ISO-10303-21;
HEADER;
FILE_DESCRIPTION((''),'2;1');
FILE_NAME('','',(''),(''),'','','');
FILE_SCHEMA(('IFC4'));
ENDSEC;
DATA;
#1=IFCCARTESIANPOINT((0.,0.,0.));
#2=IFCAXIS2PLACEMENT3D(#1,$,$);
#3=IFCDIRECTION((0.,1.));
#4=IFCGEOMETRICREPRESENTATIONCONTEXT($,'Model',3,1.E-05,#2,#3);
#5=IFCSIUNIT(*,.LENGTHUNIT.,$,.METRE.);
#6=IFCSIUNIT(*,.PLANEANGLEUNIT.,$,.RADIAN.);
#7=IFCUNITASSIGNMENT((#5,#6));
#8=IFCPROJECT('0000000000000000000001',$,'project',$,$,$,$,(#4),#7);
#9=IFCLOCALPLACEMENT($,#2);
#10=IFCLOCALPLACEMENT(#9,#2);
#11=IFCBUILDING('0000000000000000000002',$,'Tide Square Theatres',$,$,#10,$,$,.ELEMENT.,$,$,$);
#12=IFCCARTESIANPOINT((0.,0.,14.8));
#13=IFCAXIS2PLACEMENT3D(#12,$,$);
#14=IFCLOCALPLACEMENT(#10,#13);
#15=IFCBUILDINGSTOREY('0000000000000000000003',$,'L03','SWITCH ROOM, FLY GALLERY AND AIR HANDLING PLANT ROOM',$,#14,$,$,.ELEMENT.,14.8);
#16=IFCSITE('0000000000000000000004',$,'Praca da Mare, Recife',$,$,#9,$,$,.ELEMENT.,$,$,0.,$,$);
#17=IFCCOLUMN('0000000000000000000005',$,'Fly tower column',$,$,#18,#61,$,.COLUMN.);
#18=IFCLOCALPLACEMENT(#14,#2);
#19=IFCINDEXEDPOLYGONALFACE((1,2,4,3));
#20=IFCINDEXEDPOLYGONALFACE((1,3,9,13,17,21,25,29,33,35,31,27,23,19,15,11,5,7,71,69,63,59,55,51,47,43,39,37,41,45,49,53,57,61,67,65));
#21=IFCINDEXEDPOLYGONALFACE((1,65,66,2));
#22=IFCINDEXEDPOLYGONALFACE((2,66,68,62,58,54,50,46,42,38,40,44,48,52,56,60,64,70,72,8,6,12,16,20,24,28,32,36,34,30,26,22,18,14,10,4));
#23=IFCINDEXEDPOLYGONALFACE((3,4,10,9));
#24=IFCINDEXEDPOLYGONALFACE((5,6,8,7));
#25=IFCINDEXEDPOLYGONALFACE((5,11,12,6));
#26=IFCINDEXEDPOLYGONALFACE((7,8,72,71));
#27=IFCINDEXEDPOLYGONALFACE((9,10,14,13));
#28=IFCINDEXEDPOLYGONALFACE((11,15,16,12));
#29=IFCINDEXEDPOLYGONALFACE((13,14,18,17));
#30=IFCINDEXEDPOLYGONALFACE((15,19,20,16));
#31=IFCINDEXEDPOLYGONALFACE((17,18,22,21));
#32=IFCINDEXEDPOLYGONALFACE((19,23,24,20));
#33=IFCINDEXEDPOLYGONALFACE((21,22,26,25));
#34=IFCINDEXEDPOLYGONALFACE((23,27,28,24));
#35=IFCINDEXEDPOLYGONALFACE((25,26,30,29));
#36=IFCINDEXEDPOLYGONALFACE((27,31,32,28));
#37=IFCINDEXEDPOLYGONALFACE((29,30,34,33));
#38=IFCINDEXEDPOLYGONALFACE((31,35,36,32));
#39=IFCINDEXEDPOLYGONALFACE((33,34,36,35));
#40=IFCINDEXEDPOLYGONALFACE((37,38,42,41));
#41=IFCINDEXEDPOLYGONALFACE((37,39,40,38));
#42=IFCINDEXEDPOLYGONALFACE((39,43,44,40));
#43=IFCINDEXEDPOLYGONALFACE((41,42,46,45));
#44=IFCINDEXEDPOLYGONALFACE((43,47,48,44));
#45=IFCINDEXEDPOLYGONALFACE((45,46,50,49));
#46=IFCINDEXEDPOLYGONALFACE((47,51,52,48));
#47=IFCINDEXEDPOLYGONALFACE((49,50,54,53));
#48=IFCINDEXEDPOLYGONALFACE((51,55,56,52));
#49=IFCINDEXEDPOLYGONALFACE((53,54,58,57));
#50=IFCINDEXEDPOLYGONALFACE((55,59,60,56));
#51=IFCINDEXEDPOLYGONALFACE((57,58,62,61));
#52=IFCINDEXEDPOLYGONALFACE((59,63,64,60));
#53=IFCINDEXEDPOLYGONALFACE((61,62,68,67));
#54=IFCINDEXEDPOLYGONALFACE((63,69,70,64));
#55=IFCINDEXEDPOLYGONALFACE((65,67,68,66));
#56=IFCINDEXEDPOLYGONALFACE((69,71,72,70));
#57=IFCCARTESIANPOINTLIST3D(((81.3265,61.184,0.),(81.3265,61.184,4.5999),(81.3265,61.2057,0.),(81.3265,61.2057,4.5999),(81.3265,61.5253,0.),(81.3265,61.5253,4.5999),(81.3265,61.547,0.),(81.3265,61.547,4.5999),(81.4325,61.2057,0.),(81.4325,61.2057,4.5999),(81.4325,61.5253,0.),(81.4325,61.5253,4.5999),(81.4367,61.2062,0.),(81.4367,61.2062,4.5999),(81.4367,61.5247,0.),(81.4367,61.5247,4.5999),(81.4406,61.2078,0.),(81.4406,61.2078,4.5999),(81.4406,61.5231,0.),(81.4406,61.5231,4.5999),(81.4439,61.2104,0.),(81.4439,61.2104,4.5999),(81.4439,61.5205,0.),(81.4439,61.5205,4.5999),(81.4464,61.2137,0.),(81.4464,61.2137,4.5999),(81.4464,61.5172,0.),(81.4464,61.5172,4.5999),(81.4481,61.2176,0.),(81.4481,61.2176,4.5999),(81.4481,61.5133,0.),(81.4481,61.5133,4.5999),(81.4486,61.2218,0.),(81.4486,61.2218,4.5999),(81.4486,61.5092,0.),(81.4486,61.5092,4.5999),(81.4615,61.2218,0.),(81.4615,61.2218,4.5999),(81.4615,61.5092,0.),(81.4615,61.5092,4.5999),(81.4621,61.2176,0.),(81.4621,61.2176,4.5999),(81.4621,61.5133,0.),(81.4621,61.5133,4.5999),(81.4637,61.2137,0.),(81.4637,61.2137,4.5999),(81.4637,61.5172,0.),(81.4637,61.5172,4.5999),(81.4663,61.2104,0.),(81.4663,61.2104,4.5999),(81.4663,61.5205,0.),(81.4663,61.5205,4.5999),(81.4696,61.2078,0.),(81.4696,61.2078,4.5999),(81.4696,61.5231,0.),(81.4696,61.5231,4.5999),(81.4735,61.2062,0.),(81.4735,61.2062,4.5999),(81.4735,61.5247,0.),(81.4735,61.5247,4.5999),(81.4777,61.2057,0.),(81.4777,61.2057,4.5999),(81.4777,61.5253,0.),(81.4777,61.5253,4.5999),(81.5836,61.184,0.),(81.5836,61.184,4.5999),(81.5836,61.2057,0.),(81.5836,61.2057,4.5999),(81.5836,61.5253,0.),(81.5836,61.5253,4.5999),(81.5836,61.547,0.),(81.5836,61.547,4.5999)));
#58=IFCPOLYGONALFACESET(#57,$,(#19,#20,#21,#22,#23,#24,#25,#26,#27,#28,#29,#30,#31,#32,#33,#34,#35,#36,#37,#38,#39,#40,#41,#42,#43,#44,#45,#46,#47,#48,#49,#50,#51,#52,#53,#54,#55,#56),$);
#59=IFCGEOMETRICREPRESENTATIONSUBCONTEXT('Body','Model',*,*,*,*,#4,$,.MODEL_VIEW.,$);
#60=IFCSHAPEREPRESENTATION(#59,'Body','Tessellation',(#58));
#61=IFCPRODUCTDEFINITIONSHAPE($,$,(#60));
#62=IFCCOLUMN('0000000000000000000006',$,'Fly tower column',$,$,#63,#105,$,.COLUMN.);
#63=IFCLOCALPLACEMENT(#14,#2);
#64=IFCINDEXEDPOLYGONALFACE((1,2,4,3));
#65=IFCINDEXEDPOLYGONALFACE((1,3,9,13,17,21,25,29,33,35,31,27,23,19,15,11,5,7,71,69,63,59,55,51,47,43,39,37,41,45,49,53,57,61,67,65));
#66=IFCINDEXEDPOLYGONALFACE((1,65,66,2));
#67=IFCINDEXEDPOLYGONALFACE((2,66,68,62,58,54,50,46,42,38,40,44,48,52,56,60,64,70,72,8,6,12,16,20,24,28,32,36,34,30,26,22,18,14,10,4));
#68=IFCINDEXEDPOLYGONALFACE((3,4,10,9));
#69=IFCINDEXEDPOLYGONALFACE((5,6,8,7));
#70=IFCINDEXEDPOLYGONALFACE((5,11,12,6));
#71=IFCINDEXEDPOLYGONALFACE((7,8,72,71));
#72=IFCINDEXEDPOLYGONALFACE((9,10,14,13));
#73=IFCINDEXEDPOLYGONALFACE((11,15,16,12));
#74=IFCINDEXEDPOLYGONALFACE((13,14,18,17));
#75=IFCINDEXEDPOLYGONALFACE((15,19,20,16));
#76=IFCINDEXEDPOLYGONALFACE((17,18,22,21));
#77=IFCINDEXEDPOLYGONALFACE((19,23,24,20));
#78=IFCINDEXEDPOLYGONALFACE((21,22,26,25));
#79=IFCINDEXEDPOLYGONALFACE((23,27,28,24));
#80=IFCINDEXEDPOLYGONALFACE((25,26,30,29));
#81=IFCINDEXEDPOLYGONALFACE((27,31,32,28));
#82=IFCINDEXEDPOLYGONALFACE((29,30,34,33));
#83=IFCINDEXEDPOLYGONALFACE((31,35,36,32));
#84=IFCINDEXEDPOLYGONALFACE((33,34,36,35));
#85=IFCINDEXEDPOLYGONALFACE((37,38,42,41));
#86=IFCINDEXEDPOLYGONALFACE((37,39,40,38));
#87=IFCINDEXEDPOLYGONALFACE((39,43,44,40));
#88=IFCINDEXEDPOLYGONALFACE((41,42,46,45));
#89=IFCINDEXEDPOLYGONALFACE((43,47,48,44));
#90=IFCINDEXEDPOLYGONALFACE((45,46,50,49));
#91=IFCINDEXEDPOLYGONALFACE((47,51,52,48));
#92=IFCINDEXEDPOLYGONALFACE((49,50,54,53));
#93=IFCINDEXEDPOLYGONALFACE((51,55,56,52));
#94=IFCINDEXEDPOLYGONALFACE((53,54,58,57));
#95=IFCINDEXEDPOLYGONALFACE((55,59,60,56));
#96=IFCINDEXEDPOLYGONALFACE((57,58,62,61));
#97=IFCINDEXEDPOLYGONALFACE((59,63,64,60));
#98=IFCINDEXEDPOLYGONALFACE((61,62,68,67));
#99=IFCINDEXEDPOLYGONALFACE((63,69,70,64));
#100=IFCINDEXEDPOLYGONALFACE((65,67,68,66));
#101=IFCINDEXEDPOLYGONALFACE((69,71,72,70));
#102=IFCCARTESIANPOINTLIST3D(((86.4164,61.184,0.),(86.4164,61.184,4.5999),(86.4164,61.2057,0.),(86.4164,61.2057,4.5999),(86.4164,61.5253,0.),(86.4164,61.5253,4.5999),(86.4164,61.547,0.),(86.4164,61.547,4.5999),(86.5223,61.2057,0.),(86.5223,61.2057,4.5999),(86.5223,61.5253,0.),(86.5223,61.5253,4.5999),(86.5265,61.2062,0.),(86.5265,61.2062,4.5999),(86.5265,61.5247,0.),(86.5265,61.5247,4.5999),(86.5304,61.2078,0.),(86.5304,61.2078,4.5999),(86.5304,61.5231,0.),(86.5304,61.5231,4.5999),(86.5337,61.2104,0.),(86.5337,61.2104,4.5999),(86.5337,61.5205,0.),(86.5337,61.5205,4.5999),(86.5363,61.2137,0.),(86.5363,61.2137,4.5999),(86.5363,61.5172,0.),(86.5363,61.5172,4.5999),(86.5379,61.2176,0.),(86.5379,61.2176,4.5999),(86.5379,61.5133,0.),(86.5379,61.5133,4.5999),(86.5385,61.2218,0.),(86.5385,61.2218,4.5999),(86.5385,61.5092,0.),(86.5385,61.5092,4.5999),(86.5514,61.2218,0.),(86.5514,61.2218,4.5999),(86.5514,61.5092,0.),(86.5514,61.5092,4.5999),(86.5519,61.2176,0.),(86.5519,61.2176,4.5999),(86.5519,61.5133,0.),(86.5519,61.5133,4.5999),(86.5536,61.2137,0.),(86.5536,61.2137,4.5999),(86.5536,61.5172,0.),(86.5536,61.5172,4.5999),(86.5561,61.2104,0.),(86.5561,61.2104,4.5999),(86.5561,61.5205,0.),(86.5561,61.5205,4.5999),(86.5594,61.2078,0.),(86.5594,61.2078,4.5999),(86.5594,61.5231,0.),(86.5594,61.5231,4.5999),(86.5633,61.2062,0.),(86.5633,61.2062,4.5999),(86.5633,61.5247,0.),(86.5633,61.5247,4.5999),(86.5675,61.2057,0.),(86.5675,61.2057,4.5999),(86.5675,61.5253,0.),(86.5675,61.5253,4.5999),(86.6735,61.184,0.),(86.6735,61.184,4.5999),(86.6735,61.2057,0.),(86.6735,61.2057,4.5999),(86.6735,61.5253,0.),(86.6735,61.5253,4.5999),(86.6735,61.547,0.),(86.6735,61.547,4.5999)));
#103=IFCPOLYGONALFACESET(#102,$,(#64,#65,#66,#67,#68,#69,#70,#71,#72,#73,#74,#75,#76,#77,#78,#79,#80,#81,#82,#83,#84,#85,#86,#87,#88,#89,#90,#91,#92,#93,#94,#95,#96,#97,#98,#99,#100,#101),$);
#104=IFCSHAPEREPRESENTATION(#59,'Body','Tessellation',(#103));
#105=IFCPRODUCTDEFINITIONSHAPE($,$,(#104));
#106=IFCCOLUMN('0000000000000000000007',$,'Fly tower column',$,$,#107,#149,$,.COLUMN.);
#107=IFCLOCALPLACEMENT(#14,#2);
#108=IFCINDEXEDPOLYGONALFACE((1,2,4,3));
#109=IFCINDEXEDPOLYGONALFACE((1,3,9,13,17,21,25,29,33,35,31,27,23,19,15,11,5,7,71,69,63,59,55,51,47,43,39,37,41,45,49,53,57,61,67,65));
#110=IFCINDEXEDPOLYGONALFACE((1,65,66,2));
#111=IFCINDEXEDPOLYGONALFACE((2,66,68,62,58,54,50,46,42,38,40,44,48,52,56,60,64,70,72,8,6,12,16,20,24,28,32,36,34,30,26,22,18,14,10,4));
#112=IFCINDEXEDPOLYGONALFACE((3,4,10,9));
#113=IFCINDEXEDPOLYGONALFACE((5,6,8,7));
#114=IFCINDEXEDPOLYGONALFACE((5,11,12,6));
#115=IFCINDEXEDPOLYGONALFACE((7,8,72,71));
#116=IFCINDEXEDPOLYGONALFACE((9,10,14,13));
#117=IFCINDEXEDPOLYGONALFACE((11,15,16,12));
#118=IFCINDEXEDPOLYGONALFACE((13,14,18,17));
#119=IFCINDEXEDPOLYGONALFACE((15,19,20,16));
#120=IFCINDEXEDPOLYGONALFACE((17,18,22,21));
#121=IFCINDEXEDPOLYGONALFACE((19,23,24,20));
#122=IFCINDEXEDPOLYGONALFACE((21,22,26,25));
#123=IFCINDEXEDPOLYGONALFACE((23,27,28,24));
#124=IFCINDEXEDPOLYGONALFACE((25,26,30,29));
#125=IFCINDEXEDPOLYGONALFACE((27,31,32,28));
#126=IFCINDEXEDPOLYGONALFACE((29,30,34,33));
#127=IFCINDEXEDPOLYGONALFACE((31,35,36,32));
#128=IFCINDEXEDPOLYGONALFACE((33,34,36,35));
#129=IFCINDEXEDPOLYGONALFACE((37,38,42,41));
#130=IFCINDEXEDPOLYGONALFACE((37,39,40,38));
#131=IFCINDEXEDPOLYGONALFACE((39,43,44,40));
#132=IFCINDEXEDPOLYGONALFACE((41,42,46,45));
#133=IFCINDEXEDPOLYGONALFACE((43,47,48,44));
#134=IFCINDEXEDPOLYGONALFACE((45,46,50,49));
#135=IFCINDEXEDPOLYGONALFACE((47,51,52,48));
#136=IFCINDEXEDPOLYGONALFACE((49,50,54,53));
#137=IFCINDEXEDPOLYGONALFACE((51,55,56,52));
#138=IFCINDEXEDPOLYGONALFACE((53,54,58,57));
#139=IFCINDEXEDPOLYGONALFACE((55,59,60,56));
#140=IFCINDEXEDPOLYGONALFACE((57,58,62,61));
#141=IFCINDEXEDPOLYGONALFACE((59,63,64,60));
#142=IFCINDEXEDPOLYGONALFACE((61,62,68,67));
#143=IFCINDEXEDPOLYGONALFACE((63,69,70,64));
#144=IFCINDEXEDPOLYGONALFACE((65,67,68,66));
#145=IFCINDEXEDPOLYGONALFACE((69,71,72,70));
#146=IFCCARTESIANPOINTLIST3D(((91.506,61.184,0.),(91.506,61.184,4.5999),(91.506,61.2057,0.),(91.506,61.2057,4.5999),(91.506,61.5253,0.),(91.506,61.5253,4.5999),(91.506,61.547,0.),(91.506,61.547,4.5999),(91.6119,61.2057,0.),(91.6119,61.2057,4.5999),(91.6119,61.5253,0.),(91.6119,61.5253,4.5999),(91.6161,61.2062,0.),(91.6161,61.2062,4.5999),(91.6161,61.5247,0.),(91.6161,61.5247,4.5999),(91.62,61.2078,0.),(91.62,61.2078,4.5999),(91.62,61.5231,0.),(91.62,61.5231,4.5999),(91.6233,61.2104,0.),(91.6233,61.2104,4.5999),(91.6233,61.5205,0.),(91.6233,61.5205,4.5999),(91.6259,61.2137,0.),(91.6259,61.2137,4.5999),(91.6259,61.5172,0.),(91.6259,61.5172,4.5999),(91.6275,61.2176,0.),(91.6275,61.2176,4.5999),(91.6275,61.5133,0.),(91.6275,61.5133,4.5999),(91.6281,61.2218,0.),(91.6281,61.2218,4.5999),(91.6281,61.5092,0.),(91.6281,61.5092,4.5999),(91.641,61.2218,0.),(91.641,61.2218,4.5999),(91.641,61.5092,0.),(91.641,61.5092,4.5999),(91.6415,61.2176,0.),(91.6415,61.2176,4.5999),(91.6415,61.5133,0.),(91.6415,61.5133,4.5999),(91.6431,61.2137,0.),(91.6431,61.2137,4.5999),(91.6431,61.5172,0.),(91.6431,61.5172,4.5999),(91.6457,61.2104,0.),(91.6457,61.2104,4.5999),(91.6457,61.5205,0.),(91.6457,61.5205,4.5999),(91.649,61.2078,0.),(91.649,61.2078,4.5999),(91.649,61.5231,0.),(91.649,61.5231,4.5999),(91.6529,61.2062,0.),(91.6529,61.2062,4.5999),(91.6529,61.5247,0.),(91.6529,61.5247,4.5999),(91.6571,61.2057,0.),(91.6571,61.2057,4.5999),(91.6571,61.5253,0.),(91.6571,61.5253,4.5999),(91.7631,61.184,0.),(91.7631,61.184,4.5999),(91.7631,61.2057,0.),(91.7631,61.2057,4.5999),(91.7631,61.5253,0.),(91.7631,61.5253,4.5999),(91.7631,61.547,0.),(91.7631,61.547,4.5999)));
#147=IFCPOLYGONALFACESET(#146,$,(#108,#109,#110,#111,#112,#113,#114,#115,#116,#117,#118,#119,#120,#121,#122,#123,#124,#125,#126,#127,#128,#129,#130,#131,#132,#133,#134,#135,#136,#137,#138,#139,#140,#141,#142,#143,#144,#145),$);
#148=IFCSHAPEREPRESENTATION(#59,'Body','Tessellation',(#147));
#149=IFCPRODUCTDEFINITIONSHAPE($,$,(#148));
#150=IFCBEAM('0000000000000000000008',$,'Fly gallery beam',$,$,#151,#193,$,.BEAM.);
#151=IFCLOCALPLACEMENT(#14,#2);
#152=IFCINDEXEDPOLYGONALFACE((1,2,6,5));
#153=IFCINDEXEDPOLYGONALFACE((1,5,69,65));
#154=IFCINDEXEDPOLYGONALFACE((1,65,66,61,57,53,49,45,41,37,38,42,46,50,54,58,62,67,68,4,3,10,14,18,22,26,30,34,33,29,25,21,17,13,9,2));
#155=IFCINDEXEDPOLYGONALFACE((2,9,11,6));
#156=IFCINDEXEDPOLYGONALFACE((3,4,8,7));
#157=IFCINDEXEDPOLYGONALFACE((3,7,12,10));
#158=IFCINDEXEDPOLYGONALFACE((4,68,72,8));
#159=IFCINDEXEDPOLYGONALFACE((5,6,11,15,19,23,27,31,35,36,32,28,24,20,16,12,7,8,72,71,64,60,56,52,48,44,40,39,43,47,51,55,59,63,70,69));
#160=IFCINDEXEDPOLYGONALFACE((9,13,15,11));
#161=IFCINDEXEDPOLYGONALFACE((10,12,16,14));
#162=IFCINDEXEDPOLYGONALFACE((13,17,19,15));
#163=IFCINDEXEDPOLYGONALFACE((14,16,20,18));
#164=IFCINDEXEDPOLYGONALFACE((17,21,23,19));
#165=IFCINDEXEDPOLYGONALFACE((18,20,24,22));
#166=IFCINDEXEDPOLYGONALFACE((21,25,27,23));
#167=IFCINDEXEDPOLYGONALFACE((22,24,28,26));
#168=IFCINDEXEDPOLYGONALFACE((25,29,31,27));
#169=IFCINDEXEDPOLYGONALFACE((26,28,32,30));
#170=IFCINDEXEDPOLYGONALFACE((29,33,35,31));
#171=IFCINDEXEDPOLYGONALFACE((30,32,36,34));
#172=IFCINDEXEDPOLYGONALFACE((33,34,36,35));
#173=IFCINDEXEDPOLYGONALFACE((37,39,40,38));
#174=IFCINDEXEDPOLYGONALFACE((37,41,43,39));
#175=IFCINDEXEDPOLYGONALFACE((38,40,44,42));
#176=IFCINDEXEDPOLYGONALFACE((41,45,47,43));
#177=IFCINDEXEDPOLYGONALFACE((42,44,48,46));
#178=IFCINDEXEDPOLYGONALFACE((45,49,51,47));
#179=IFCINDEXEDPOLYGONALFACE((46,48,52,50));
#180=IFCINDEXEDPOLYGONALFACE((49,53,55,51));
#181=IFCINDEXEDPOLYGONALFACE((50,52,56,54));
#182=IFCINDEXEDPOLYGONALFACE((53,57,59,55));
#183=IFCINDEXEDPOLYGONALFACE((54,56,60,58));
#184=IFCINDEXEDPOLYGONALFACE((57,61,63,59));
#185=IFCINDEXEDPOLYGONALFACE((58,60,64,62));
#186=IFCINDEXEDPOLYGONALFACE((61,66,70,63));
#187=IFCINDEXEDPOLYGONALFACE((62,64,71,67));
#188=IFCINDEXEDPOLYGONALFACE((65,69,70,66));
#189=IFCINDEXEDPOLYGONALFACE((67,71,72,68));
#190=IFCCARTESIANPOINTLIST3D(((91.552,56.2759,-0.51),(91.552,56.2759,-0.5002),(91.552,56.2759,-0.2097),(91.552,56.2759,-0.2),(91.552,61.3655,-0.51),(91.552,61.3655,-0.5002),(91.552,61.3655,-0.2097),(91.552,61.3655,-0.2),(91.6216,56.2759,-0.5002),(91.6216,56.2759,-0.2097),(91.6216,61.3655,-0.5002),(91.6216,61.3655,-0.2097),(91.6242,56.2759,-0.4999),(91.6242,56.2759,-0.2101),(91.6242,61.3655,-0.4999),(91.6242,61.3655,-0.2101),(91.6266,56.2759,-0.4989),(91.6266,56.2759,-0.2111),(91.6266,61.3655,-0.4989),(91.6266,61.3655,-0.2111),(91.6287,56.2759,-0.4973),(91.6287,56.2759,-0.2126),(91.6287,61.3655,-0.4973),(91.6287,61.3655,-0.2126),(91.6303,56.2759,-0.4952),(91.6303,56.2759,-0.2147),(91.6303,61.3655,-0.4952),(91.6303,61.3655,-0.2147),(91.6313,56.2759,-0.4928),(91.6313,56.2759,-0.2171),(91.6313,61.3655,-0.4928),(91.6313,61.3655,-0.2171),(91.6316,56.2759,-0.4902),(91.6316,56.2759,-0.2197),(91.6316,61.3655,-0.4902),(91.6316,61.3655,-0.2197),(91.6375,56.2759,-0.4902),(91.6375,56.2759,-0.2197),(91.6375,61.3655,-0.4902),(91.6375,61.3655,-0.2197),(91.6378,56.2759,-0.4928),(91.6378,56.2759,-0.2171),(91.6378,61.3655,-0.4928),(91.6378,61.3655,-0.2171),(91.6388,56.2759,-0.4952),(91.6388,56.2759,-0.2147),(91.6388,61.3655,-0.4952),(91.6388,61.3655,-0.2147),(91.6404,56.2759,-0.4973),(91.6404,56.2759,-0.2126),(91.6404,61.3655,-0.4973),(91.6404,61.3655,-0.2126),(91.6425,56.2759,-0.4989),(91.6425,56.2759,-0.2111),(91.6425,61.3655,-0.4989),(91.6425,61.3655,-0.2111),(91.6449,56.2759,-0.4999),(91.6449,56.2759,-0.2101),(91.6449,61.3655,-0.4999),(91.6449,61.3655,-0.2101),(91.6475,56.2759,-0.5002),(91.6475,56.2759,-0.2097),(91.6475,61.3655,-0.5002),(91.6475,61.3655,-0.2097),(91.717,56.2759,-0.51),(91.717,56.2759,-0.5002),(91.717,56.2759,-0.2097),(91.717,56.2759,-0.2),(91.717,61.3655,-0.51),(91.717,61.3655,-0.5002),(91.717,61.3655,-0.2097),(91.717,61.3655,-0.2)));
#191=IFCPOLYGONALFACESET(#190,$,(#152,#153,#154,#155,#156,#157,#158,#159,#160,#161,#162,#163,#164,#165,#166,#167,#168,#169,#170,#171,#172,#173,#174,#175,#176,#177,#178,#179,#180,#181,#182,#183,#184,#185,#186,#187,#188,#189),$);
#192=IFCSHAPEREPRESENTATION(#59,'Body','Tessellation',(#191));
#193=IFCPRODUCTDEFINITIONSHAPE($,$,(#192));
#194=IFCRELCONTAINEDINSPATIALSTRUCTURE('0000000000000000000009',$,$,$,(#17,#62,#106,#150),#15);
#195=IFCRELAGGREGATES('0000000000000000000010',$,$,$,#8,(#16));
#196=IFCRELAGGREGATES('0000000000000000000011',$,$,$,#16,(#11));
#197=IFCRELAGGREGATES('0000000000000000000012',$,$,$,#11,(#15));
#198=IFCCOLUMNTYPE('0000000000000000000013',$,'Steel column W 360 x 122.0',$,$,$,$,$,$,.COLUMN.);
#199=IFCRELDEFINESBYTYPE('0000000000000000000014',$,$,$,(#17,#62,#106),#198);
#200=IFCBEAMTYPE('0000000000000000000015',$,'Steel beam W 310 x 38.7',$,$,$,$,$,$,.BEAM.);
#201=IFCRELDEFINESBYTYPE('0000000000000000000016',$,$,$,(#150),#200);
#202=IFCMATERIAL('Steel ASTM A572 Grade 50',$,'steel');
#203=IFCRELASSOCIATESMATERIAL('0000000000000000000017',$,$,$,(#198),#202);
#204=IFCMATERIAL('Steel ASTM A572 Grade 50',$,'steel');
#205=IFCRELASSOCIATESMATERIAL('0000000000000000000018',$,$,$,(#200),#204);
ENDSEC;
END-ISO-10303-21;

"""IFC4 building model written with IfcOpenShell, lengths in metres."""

from ifc_helpers import new_model, si_unit, direction, frame, origin, origin_2d, place, context, subcontext, project, spatial, i_section, extrude, material, material_profile, profile_set, type_object, element, save


model = new_model("IFC4")

# Units and contexts
model_context = context("Model", 3, precision=1e-05, world=origin(), true_north=direction((0.0, 1.0)))
body_context = subcontext(model_context, "Body", "Model", "MODEL_VIEW")
ifc_project = project(units=[si_unit("LENGTHUNIT", "METRE"), si_unit("PLANEANGLEUNIT", "RADIAN")], contexts=[model_context])

# Site, building, storey
site_placement = place(None, origin())
site = spatial("IfcSite", under=ifc_project, at=site_placement, Name="Praca da Mare, Recife", CompositionType="ELEMENT", RefElevation=0.0)
building_placement = place(site_placement, origin())
building = spatial("IfcBuilding", under=site, at=building_placement, Name="Tide Square Theatres", CompositionType="ELEMENT")
storey_placement = place(building_placement, frame((0.0, 0.0, 14.8)))
storey = spatial("IfcBuildingStorey", under=building, at=storey_placement, Name="L03", Description="SWITCH ROOM, FLY GALLERY AND AIR HANDLING PLANT ROOM", CompositionType="ELEMENT", Elevation=14.8)

# Columns
ifc_material_1 = material(Name="Steel ASTM A572 Grade 50", Category="steel")
ifc_material_profile_1 = material_profile(ifc_material_1, i_section(OverallWidth=0.2571, OverallDepth=0.363, WebThickness=0.0129, FlangeThickness=0.0217, FilletRadius=0.0161, at=origin_2d()))
ifc_profile_set_1 = profile_set([ifc_material_profile_1], Name="Steel ASTM A572 Grade 50")
column_type_1 = type_object("IfcColumnType", Name="Steel column W 360 x 122.0", PredefinedType="COLUMN", material=ifc_profile_set_1)
for number, where, z_axis, x_axis, name in (
    (1, (81.4551, 61.3655, 0.0), (0.0, 0.0, 1.0), (1.0, 0.0, 0.0), "Fly tower column"),
    (2, (86.5449, 61.3655, 0.0), (0.0, 0.0, 1.0), (1.0, 0.0, 0.0), "Fly tower column"),
    (3, (91.6345, 61.3655, 0.0), (0.0, 0.0, 1.0), (1.0, 0.0, 0.0), "Fly tower column"),
):
    element("IfcColumn", number, at=place(storey_placement, frame(where, z_axis=z_axis, x_axis=x_axis)), inside=storey, type_object=column_type_1, Name=name, PredefinedType="COLUMN", context=body_context, shape_type="SweptSolid", body=[
        extrude(i_section(OverallWidth=0.2571, OverallDepth=0.363, WebThickness=0.0129, FlangeThickness=0.0217, FilletRadius=0.0161, at=origin_2d()), origin(), (0.0, 0.0, 1.0), 4.5999),
    ])

# Beam
ifc_material_2 = material(Name="Steel ASTM A572 Grade 50", Category="steel")
ifc_material_profile_2 = material_profile(ifc_material_2, i_section(OverallWidth=0.165, OverallDepth=0.3101, WebThickness=0.0059, FlangeThickness=0.0098, FilletRadius=0.01, at=origin_2d()))
ifc_profile_set_2 = profile_set([ifc_material_profile_2], Name="Steel ASTM A572 Grade 50")
beam_type = type_object("IfcBeamType", Name="Steel beam W 310 x 38.7", PredefinedType="BEAM", material=ifc_profile_set_2)
for number, where, z_axis, x_axis, name in (
    (4, (91.6345, 56.2759, -0.355), (0.0, 1.0, 0.0), (-1.0, 0.0, 0.0), "Fly gallery beam"),
):
    element("IfcBeam", number, at=place(storey_placement, frame(where, z_axis=z_axis, x_axis=x_axis)), inside=storey, type_object=beam_type, Name=name, PredefinedType="BEAM", context=body_context, shape_type="SweptSolid", body=[
        extrude(i_section(OverallWidth=0.165, OverallDepth=0.3101, WebThickness=0.0059, FlangeThickness=0.0098, FilletRadius=0.01, at=origin_2d()), origin(), (0.0, 0.0, 1.0), 5.0896),
    ])

save(model, "model.ifc")
